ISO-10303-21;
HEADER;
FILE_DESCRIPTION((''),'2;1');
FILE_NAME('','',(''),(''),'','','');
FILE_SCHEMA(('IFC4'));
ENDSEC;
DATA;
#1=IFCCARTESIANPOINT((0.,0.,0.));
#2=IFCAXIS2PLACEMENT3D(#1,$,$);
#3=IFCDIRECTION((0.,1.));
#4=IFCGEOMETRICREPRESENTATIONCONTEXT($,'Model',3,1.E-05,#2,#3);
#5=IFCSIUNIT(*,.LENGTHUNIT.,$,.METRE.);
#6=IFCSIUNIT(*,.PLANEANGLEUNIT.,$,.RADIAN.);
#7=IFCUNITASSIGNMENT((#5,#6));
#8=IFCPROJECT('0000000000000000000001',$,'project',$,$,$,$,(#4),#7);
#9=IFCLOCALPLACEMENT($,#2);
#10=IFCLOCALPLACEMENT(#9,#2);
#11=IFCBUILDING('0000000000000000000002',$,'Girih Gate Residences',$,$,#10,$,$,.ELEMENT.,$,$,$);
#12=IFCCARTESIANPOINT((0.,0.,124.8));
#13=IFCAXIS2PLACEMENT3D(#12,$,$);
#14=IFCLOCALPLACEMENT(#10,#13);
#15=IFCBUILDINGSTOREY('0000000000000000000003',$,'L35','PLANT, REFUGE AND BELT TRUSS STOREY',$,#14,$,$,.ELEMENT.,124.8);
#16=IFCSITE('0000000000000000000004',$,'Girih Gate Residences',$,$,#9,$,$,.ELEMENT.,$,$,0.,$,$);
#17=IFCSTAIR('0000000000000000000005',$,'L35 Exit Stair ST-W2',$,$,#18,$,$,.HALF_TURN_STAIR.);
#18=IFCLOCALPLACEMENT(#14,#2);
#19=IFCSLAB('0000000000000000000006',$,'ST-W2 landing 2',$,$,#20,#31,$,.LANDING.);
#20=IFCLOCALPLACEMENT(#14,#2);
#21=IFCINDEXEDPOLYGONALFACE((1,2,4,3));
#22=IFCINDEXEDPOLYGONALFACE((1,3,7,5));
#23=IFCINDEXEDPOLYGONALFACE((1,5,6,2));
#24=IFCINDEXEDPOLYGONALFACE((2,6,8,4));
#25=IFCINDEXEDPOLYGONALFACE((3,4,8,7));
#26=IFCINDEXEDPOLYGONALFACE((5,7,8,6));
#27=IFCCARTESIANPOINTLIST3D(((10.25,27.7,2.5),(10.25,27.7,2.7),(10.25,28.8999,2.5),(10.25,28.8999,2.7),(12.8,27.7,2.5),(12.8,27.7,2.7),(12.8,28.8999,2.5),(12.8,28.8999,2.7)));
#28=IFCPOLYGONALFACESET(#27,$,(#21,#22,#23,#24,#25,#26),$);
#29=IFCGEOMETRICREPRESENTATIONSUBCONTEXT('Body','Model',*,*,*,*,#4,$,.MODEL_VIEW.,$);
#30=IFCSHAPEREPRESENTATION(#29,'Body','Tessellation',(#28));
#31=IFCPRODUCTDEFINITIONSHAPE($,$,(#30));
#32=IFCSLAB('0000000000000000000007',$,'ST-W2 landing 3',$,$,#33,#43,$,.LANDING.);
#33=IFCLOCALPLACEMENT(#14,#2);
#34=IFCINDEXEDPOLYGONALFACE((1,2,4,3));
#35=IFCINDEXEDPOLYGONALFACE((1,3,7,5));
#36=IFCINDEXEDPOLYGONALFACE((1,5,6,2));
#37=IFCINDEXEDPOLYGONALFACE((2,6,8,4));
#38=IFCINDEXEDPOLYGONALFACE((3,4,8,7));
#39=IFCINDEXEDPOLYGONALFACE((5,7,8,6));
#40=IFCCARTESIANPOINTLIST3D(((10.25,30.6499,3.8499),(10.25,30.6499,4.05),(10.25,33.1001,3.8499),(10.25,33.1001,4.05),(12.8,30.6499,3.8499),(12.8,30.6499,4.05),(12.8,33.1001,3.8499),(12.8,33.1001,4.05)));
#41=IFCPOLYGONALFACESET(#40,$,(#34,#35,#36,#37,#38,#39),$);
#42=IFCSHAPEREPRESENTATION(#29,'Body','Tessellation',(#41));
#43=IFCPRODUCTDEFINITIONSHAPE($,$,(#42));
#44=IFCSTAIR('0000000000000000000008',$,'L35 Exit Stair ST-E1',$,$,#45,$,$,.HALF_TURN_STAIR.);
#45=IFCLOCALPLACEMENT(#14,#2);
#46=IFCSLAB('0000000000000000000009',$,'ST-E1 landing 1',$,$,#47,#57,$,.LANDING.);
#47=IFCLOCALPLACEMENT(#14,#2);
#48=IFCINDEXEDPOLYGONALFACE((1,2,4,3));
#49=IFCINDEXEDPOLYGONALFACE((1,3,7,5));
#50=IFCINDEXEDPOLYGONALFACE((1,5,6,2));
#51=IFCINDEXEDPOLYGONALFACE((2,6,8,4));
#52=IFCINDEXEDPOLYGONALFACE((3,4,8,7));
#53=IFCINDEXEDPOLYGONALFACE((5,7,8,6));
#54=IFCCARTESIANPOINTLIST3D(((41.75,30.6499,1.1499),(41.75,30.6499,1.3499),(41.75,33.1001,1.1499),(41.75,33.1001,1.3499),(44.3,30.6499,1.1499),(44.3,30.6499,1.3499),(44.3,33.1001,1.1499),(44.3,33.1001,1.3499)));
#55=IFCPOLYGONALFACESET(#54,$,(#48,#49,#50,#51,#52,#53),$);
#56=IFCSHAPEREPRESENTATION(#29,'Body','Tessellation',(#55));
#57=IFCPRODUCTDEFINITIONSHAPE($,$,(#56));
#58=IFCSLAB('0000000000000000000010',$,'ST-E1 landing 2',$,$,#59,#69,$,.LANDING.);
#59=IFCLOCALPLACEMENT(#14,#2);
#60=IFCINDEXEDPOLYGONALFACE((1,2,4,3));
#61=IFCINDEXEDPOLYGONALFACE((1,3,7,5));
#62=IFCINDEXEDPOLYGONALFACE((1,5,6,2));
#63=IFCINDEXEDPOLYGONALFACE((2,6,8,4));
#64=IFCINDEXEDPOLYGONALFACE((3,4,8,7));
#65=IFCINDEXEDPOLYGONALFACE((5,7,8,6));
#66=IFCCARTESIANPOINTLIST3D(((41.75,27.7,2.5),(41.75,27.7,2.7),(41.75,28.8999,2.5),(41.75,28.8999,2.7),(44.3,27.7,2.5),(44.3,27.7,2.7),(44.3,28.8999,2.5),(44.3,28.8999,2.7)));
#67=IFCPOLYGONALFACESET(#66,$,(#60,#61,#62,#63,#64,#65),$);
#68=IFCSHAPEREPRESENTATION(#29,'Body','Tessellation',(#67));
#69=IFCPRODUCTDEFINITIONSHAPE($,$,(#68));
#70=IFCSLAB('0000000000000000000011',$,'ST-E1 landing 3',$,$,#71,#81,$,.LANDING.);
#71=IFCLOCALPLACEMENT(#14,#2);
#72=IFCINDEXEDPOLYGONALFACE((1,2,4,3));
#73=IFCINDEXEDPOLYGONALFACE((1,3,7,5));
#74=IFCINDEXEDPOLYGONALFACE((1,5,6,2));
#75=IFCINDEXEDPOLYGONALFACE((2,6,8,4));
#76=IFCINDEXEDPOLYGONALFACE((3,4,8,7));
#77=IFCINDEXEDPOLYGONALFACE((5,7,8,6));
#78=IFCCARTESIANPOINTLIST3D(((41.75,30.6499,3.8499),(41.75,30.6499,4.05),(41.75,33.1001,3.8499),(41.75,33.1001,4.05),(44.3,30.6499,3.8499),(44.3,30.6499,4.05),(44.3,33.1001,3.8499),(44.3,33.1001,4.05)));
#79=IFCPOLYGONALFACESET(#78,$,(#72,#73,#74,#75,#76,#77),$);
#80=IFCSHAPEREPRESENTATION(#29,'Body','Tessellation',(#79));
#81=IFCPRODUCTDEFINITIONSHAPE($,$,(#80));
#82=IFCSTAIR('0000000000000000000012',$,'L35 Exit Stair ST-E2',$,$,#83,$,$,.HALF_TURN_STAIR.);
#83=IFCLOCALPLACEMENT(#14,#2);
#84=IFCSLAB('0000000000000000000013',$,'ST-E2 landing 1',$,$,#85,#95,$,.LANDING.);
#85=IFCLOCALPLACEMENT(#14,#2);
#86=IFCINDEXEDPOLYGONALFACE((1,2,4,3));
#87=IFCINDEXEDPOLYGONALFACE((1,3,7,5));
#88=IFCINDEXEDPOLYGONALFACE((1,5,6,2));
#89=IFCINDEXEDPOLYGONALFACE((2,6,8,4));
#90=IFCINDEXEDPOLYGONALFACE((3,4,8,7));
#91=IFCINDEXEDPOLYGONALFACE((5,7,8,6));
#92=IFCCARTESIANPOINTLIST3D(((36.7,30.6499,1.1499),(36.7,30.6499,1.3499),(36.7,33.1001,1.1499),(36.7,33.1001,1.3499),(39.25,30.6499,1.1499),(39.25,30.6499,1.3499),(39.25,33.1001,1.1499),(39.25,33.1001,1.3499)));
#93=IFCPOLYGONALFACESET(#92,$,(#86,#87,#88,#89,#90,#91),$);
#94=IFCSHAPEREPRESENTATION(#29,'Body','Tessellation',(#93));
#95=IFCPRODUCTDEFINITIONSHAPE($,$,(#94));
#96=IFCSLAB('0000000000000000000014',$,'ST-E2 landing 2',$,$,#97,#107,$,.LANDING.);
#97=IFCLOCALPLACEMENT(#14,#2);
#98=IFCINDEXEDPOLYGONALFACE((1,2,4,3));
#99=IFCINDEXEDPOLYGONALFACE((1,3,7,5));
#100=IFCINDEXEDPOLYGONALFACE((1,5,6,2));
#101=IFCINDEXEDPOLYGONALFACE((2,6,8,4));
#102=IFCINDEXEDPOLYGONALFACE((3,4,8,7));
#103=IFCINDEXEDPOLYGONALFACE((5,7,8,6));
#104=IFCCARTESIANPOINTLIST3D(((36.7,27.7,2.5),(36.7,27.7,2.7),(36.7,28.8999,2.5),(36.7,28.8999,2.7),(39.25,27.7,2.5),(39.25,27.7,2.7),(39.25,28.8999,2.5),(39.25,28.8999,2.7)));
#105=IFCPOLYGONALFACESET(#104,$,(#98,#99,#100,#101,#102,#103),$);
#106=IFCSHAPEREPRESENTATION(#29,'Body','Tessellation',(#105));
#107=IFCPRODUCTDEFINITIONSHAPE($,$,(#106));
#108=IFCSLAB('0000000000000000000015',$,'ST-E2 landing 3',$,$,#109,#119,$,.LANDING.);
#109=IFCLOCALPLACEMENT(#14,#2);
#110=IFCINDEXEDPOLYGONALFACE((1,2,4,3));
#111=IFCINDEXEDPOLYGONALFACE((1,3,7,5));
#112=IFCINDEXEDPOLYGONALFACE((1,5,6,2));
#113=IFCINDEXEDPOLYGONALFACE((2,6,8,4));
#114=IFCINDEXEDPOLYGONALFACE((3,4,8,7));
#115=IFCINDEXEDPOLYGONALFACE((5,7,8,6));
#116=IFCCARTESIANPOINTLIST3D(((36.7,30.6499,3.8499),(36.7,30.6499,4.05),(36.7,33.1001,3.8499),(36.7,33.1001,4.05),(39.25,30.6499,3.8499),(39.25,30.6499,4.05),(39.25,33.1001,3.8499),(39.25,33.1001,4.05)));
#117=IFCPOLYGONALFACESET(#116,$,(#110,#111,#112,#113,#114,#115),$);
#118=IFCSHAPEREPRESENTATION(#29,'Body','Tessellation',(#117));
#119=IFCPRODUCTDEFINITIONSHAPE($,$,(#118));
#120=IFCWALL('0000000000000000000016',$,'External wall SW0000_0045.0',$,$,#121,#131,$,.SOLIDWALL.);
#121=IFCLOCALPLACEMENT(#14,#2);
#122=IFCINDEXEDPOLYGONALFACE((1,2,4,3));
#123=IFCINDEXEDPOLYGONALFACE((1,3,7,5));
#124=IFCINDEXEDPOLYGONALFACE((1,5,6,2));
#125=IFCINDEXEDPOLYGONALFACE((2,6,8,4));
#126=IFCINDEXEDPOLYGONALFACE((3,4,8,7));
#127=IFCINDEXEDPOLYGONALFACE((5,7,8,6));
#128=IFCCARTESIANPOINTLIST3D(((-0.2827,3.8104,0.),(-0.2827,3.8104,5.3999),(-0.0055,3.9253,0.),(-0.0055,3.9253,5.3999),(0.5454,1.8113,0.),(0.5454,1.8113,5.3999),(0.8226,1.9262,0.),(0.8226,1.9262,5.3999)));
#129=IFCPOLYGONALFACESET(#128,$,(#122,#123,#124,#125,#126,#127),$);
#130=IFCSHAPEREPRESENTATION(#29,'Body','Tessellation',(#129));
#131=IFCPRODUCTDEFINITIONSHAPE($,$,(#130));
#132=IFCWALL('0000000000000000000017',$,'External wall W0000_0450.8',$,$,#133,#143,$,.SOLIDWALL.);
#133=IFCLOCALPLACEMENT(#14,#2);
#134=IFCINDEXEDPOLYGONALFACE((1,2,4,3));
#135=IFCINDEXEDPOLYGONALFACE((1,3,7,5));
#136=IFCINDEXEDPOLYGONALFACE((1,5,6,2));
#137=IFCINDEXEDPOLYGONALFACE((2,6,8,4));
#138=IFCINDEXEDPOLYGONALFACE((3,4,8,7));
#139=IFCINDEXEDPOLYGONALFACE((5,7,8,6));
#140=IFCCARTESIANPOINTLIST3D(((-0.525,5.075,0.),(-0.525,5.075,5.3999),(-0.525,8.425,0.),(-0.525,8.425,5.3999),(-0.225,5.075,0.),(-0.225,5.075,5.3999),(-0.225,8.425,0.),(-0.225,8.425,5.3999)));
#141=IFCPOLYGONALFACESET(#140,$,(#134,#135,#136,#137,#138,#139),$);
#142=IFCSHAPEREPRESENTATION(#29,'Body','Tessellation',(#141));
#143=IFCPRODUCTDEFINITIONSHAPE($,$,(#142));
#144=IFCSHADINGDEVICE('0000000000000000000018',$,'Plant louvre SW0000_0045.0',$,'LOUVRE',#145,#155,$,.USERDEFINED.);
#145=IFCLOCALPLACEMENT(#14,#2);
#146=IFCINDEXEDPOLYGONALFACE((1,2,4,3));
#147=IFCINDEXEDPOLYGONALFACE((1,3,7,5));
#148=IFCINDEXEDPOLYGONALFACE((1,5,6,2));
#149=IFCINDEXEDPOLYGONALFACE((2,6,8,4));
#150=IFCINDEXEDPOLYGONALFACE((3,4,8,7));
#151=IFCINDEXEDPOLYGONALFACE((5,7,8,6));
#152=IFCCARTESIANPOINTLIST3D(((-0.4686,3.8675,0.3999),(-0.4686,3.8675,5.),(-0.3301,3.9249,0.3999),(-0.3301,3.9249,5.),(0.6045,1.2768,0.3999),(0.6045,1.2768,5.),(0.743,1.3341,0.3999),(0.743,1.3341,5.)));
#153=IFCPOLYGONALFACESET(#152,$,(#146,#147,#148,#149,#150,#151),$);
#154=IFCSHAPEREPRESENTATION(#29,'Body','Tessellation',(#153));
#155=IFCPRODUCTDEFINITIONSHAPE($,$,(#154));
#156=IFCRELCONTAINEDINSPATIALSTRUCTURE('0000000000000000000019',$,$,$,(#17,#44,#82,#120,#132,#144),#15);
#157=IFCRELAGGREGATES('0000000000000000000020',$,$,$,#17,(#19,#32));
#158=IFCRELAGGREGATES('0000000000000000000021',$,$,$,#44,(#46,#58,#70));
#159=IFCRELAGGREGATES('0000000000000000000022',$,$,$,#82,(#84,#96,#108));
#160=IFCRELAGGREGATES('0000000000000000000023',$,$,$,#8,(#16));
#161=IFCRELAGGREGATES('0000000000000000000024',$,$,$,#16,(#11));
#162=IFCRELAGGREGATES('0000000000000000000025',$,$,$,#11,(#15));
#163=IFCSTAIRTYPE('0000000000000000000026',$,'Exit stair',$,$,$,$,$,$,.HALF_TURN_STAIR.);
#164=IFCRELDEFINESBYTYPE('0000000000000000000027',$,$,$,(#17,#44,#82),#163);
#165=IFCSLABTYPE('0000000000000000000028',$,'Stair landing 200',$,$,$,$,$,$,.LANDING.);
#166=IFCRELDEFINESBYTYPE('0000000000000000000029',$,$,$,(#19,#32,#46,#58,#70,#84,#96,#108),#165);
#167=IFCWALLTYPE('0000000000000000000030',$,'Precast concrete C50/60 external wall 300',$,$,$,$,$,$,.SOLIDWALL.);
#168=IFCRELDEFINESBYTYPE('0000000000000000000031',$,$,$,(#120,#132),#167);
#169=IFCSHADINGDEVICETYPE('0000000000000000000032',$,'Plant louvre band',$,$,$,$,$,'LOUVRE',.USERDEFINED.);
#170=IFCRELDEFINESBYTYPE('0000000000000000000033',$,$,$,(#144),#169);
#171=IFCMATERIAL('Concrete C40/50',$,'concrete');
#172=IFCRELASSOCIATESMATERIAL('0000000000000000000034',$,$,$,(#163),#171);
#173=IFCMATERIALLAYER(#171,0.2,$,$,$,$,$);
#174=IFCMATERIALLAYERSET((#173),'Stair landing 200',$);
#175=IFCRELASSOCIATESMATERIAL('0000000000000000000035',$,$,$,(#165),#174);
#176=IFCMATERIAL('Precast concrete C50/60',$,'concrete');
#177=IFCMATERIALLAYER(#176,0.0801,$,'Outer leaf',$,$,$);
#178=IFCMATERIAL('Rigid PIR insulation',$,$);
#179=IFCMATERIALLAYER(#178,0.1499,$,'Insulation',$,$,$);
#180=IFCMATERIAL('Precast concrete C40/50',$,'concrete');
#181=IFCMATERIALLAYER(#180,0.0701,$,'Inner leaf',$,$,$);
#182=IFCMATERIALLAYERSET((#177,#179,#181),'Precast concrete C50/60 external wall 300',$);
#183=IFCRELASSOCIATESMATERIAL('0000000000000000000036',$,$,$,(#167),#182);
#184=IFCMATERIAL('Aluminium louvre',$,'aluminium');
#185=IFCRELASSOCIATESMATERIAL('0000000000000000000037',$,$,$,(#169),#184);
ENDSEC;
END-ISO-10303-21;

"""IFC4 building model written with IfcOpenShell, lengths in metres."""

from ifc_helpers import new_model, si_unit, direction, frame, frame_2d, origin, origin_2d, place, context, subcontext, project, spatial, polyline, rectangle, outline, extrude, material, layer, layer_set, type_object, element, aggregate, save


model = new_model("IFC4")

# Units and contexts
model_context = context("Model", 3, precision=1e-05, world=origin(), true_north=direction((0.0, 1.0)))
body_context = subcontext(model_context, "Body", "Model", "MODEL_VIEW")
ifc_project = project(units=[si_unit("LENGTHUNIT", "METRE"), si_unit("PLANEANGLEUNIT", "RADIAN")], contexts=[model_context])

# Site, building, storey
site_placement = place(None, origin())
site = spatial("IfcSite", under=ifc_project, at=site_placement, Name="Girih Gate Residences", CompositionType="ELEMENT", RefElevation=0.0)
building_placement = place(site_placement, origin())
building = spatial("IfcBuilding", under=site, at=building_placement, Name="Girih Gate Residences", CompositionType="ELEMENT")
storey_placement = place(building_placement, frame((0.0, 0.0, 124.8)))
storey = spatial("IfcBuildingStorey", under=building, at=storey_placement, Name="L35", Description="PLANT, REFUGE AND BELT TRUSS STOREY", CompositionType="ELEMENT", Elevation=124.8)

# Shared definitions
ifc_material_1 = material(Name="Concrete C40/50", Category="concrete")

# Stairs, slabs
stair_type = type_object("IfcStairType", Name="Exit stair", PredefinedType="HALF_TURN_STAIR", material=ifc_material_1)
ifc_layer_1 = layer(ifc_material_1, 0.2)
ifc_layer_set_1 = layer_set([ifc_layer_1], Name="Stair landing 200")
slab_type_1 = type_object("IfcSlabType", Name="Stair landing 200", PredefinedType="LANDING", material=ifc_layer_set_1)
stair_1_placement = place(storey_placement, origin())
stair_1 = element("IfcStair", 1, at=stair_1_placement, inside=storey, type_object=stair_type, Name="L35 Exit Stair ST-W2", PredefinedType="HALF_TURN_STAIR")
slab_1_placement = place(storey_placement, frame((0.0, 0.0, 2.5)))
slab_1 = element("IfcSlab", 2, at=slab_1_placement, type_object=slab_type_1, Name="ST-W2 landing 2", PredefinedType="LANDING", context=body_context, shape_type="SweptSolid", body=[
    extrude(outline(polyline([(12.8, 27.7), (12.8, 28.8999), (10.25, 28.8999), (10.25, 27.7), (12.8, 27.7)])), origin(), (0.0, 0.0, 1.0), 0.2),
])
slab_2_placement = place(storey_placement, frame((0.0, 0.0, 3.8499)))
slab_2 = element("IfcSlab", 3, at=slab_2_placement, type_object=slab_type_1, Name="ST-W2 landing 3", PredefinedType="LANDING", context=body_context, shape_type="SweptSolid", body=[
    extrude(outline(polyline([(12.8, 30.6499), (12.8, 33.1001), (10.25, 33.1001), (10.25, 30.6499), (12.8, 30.6499)])), origin(), (0.0, 0.0, 1.0), 0.2002),
])
aggregate(stair_1, [slab_1, slab_2])
stair_2_placement = place(storey_placement, origin())
stair_2 = element("IfcStair", 4, at=stair_2_placement, inside=storey, type_object=stair_type, Name="L35 Exit Stair ST-E1", PredefinedType="HALF_TURN_STAIR")
slab_3_placement = place(storey_placement, frame((0.0, 0.0, 1.1499)))
slab_3 = element("IfcSlab", 5, at=slab_3_placement, type_object=slab_type_1, Name="ST-E1 landing 1", PredefinedType="LANDING", context=body_context, shape_type="SweptSolid", body=[
    extrude(outline(polyline([(44.3, 30.6499), (44.3, 33.1001), (41.75, 33.1001), (41.75, 30.6499), (44.3, 30.6499)])), origin(), (0.0, 0.0, 1.0), 0.2),
])
slab_4_placement = place(storey_placement, frame((0.0, 0.0, 2.5)))
slab_4 = element("IfcSlab", 6, at=slab_4_placement, type_object=slab_type_1, Name="ST-E1 landing 2", PredefinedType="LANDING", context=body_context, shape_type="SweptSolid", body=[
    extrude(outline(polyline([(44.3, 27.7), (44.3, 28.8999), (41.75, 28.8999), (41.75, 27.7), (44.3, 27.7)])), origin(), (0.0, 0.0, 1.0), 0.2),
])
slab_5_placement = place(storey_placement, frame((0.0, 0.0, 3.8499)))
slab_5 = element("IfcSlab", 7, at=slab_5_placement, type_object=slab_type_1, Name="ST-E1 landing 3", PredefinedType="LANDING", context=body_context, shape_type="SweptSolid", body=[
    extrude(outline(polyline([(44.3, 30.6499), (44.3, 33.1001), (41.75, 33.1001), (41.75, 30.6499), (44.3, 30.6499)])), origin(), (0.0, 0.0, 1.0), 0.2002),
])
aggregate(stair_2, [slab_3, slab_4, slab_5])
stair_3_placement = place(storey_placement, origin())
stair_3 = element("IfcStair", 8, at=stair_3_placement, inside=storey, type_object=stair_type, Name="L35 Exit Stair ST-E2", PredefinedType="HALF_TURN_STAIR")
slab_6_placement = place(storey_placement, frame((0.0, 0.0, 1.1499)))
slab_6 = element("IfcSlab", 9, at=slab_6_placement, type_object=slab_type_1, Name="ST-E2 landing 1", PredefinedType="LANDING", context=body_context, shape_type="SweptSolid", body=[
    extrude(outline(polyline([(39.25, 30.6499), (39.25, 33.1001), (36.7, 33.1001), (36.7, 30.6499), (39.25, 30.6499)])), origin(), (0.0, 0.0, 1.0), 0.2),
])
slab_7_placement = place(storey_placement, frame((0.0, 0.0, 2.5)))
slab_7 = element("IfcSlab", 10, at=slab_7_placement, type_object=slab_type_1, Name="ST-E2 landing 2", PredefinedType="LANDING", context=body_context, shape_type="SweptSolid", body=[
    extrude(outline(polyline([(39.25, 27.7), (39.25, 28.8999), (36.7, 28.8999), (36.7, 27.7), (39.25, 27.7)])), origin(), (0.0, 0.0, 1.0), 0.2),
])
slab_8_placement = place(storey_placement, frame((0.0, 0.0, 3.8499)))
slab_8 = element("IfcSlab", 11, at=slab_8_placement, type_object=slab_type_1, Name="ST-E2 landing 3", PredefinedType="LANDING", context=body_context, shape_type="SweptSolid", body=[
    extrude(outline(polyline([(39.25, 30.6499), (39.25, 33.1001), (36.7, 33.1001), (36.7, 30.6499), (39.25, 30.6499)])), origin(), (0.0, 0.0, 1.0), 0.2002),
])
aggregate(stair_3, [slab_6, slab_7, slab_8])

# Walls
ifc_material_2 = material(Name="Precast concrete C50/60", Category="concrete")
ifc_layer_2 = layer(ifc_material_2, 0.0801, Name="Outer leaf")
ifc_material_3 = material(Name="Rigid PIR insulation")
ifc_layer_3 = layer(ifc_material_3, 0.1499, Name="Insulation")
ifc_material_4 = material(Name="Precast concrete C40/50", Category="concrete")
ifc_layer_4 = layer(ifc_material_4, 0.0701, Name="Inner leaf")
ifc_layer_set_2 = layer_set([ifc_layer_2, ifc_layer_3, ifc_layer_4], Name="Precast concrete C50/60 external wall 300")
wall_type = type_object("IfcWallType", Name="Precast concrete C50/60 external wall 300", PredefinedType="SOLIDWALL", material=ifc_layer_set_2)
wall_1_placement = place(storey_placement, frame((0.6841, 1.8687, 0.0), z_axis=(0.0, 0.0, 1.0), x_axis=(-0.382724, 0.923863, 0.0)))
element("IfcWall", 12, at=wall_1_placement, inside=storey, type_object=wall_type, Name="External wall SW0000_0045.0", PredefinedType="SOLIDWALL", context=body_context, shape_type="SweptSolid", body=[
    extrude(rectangle(XDim=2.1638, YDim=0.3, at=frame_2d((1.082, 0.0))), origin(), (0.0, 0.0, 1.0), 5.3999),
])
wall_2_placement = place(storey_placement, frame((-0.375, 5.075, 0.0), z_axis=(0.0, 0.0, 1.0), x_axis=(0.0, 1.0, 0.0)))
element("IfcWall", 13, at=wall_2_placement, inside=storey, type_object=wall_type, Name="External wall W0000_0450.8", PredefinedType="SOLIDWALL", context=body_context, shape_type="SweptSolid", body=[
    extrude(rectangle(XDim=3.3501, YDim=0.3, at=frame_2d((1.675, 0.0))), origin(), (0.0, 0.0, 1.0), 5.3999),
])

# Shading device
ifc_material_5 = material(Name="Aluminium louvre", Category="aluminium")
shading_device_type = type_object("IfcShadingDeviceType", Name="Plant louvre band", ElementType="LOUVRE", PredefinedType="USERDEFINED", material=ifc_material_5)
shading_device_placement = place(storey_placement, frame((0.1372, 2.6008, 0.3999), z_axis=(0.0, 0.0, 1.0), x_axis=(0.382683, -0.92388, 0.0)))
element("IfcShadingDevice", 14, at=shading_device_placement, inside=storey, type_object=shading_device_type, Name="Plant louvre SW0000_0045.0", ObjectType="LOUVRE", PredefinedType="USERDEFINED", context=body_context, shape_type="SweptSolid", body=[
    extrude(rectangle(XDim=2.8042, YDim=0.1499, at=origin_2d()), origin(), (0.0, 0.0, 1.0), 4.6001),
])

save(model, "model.ifc")
